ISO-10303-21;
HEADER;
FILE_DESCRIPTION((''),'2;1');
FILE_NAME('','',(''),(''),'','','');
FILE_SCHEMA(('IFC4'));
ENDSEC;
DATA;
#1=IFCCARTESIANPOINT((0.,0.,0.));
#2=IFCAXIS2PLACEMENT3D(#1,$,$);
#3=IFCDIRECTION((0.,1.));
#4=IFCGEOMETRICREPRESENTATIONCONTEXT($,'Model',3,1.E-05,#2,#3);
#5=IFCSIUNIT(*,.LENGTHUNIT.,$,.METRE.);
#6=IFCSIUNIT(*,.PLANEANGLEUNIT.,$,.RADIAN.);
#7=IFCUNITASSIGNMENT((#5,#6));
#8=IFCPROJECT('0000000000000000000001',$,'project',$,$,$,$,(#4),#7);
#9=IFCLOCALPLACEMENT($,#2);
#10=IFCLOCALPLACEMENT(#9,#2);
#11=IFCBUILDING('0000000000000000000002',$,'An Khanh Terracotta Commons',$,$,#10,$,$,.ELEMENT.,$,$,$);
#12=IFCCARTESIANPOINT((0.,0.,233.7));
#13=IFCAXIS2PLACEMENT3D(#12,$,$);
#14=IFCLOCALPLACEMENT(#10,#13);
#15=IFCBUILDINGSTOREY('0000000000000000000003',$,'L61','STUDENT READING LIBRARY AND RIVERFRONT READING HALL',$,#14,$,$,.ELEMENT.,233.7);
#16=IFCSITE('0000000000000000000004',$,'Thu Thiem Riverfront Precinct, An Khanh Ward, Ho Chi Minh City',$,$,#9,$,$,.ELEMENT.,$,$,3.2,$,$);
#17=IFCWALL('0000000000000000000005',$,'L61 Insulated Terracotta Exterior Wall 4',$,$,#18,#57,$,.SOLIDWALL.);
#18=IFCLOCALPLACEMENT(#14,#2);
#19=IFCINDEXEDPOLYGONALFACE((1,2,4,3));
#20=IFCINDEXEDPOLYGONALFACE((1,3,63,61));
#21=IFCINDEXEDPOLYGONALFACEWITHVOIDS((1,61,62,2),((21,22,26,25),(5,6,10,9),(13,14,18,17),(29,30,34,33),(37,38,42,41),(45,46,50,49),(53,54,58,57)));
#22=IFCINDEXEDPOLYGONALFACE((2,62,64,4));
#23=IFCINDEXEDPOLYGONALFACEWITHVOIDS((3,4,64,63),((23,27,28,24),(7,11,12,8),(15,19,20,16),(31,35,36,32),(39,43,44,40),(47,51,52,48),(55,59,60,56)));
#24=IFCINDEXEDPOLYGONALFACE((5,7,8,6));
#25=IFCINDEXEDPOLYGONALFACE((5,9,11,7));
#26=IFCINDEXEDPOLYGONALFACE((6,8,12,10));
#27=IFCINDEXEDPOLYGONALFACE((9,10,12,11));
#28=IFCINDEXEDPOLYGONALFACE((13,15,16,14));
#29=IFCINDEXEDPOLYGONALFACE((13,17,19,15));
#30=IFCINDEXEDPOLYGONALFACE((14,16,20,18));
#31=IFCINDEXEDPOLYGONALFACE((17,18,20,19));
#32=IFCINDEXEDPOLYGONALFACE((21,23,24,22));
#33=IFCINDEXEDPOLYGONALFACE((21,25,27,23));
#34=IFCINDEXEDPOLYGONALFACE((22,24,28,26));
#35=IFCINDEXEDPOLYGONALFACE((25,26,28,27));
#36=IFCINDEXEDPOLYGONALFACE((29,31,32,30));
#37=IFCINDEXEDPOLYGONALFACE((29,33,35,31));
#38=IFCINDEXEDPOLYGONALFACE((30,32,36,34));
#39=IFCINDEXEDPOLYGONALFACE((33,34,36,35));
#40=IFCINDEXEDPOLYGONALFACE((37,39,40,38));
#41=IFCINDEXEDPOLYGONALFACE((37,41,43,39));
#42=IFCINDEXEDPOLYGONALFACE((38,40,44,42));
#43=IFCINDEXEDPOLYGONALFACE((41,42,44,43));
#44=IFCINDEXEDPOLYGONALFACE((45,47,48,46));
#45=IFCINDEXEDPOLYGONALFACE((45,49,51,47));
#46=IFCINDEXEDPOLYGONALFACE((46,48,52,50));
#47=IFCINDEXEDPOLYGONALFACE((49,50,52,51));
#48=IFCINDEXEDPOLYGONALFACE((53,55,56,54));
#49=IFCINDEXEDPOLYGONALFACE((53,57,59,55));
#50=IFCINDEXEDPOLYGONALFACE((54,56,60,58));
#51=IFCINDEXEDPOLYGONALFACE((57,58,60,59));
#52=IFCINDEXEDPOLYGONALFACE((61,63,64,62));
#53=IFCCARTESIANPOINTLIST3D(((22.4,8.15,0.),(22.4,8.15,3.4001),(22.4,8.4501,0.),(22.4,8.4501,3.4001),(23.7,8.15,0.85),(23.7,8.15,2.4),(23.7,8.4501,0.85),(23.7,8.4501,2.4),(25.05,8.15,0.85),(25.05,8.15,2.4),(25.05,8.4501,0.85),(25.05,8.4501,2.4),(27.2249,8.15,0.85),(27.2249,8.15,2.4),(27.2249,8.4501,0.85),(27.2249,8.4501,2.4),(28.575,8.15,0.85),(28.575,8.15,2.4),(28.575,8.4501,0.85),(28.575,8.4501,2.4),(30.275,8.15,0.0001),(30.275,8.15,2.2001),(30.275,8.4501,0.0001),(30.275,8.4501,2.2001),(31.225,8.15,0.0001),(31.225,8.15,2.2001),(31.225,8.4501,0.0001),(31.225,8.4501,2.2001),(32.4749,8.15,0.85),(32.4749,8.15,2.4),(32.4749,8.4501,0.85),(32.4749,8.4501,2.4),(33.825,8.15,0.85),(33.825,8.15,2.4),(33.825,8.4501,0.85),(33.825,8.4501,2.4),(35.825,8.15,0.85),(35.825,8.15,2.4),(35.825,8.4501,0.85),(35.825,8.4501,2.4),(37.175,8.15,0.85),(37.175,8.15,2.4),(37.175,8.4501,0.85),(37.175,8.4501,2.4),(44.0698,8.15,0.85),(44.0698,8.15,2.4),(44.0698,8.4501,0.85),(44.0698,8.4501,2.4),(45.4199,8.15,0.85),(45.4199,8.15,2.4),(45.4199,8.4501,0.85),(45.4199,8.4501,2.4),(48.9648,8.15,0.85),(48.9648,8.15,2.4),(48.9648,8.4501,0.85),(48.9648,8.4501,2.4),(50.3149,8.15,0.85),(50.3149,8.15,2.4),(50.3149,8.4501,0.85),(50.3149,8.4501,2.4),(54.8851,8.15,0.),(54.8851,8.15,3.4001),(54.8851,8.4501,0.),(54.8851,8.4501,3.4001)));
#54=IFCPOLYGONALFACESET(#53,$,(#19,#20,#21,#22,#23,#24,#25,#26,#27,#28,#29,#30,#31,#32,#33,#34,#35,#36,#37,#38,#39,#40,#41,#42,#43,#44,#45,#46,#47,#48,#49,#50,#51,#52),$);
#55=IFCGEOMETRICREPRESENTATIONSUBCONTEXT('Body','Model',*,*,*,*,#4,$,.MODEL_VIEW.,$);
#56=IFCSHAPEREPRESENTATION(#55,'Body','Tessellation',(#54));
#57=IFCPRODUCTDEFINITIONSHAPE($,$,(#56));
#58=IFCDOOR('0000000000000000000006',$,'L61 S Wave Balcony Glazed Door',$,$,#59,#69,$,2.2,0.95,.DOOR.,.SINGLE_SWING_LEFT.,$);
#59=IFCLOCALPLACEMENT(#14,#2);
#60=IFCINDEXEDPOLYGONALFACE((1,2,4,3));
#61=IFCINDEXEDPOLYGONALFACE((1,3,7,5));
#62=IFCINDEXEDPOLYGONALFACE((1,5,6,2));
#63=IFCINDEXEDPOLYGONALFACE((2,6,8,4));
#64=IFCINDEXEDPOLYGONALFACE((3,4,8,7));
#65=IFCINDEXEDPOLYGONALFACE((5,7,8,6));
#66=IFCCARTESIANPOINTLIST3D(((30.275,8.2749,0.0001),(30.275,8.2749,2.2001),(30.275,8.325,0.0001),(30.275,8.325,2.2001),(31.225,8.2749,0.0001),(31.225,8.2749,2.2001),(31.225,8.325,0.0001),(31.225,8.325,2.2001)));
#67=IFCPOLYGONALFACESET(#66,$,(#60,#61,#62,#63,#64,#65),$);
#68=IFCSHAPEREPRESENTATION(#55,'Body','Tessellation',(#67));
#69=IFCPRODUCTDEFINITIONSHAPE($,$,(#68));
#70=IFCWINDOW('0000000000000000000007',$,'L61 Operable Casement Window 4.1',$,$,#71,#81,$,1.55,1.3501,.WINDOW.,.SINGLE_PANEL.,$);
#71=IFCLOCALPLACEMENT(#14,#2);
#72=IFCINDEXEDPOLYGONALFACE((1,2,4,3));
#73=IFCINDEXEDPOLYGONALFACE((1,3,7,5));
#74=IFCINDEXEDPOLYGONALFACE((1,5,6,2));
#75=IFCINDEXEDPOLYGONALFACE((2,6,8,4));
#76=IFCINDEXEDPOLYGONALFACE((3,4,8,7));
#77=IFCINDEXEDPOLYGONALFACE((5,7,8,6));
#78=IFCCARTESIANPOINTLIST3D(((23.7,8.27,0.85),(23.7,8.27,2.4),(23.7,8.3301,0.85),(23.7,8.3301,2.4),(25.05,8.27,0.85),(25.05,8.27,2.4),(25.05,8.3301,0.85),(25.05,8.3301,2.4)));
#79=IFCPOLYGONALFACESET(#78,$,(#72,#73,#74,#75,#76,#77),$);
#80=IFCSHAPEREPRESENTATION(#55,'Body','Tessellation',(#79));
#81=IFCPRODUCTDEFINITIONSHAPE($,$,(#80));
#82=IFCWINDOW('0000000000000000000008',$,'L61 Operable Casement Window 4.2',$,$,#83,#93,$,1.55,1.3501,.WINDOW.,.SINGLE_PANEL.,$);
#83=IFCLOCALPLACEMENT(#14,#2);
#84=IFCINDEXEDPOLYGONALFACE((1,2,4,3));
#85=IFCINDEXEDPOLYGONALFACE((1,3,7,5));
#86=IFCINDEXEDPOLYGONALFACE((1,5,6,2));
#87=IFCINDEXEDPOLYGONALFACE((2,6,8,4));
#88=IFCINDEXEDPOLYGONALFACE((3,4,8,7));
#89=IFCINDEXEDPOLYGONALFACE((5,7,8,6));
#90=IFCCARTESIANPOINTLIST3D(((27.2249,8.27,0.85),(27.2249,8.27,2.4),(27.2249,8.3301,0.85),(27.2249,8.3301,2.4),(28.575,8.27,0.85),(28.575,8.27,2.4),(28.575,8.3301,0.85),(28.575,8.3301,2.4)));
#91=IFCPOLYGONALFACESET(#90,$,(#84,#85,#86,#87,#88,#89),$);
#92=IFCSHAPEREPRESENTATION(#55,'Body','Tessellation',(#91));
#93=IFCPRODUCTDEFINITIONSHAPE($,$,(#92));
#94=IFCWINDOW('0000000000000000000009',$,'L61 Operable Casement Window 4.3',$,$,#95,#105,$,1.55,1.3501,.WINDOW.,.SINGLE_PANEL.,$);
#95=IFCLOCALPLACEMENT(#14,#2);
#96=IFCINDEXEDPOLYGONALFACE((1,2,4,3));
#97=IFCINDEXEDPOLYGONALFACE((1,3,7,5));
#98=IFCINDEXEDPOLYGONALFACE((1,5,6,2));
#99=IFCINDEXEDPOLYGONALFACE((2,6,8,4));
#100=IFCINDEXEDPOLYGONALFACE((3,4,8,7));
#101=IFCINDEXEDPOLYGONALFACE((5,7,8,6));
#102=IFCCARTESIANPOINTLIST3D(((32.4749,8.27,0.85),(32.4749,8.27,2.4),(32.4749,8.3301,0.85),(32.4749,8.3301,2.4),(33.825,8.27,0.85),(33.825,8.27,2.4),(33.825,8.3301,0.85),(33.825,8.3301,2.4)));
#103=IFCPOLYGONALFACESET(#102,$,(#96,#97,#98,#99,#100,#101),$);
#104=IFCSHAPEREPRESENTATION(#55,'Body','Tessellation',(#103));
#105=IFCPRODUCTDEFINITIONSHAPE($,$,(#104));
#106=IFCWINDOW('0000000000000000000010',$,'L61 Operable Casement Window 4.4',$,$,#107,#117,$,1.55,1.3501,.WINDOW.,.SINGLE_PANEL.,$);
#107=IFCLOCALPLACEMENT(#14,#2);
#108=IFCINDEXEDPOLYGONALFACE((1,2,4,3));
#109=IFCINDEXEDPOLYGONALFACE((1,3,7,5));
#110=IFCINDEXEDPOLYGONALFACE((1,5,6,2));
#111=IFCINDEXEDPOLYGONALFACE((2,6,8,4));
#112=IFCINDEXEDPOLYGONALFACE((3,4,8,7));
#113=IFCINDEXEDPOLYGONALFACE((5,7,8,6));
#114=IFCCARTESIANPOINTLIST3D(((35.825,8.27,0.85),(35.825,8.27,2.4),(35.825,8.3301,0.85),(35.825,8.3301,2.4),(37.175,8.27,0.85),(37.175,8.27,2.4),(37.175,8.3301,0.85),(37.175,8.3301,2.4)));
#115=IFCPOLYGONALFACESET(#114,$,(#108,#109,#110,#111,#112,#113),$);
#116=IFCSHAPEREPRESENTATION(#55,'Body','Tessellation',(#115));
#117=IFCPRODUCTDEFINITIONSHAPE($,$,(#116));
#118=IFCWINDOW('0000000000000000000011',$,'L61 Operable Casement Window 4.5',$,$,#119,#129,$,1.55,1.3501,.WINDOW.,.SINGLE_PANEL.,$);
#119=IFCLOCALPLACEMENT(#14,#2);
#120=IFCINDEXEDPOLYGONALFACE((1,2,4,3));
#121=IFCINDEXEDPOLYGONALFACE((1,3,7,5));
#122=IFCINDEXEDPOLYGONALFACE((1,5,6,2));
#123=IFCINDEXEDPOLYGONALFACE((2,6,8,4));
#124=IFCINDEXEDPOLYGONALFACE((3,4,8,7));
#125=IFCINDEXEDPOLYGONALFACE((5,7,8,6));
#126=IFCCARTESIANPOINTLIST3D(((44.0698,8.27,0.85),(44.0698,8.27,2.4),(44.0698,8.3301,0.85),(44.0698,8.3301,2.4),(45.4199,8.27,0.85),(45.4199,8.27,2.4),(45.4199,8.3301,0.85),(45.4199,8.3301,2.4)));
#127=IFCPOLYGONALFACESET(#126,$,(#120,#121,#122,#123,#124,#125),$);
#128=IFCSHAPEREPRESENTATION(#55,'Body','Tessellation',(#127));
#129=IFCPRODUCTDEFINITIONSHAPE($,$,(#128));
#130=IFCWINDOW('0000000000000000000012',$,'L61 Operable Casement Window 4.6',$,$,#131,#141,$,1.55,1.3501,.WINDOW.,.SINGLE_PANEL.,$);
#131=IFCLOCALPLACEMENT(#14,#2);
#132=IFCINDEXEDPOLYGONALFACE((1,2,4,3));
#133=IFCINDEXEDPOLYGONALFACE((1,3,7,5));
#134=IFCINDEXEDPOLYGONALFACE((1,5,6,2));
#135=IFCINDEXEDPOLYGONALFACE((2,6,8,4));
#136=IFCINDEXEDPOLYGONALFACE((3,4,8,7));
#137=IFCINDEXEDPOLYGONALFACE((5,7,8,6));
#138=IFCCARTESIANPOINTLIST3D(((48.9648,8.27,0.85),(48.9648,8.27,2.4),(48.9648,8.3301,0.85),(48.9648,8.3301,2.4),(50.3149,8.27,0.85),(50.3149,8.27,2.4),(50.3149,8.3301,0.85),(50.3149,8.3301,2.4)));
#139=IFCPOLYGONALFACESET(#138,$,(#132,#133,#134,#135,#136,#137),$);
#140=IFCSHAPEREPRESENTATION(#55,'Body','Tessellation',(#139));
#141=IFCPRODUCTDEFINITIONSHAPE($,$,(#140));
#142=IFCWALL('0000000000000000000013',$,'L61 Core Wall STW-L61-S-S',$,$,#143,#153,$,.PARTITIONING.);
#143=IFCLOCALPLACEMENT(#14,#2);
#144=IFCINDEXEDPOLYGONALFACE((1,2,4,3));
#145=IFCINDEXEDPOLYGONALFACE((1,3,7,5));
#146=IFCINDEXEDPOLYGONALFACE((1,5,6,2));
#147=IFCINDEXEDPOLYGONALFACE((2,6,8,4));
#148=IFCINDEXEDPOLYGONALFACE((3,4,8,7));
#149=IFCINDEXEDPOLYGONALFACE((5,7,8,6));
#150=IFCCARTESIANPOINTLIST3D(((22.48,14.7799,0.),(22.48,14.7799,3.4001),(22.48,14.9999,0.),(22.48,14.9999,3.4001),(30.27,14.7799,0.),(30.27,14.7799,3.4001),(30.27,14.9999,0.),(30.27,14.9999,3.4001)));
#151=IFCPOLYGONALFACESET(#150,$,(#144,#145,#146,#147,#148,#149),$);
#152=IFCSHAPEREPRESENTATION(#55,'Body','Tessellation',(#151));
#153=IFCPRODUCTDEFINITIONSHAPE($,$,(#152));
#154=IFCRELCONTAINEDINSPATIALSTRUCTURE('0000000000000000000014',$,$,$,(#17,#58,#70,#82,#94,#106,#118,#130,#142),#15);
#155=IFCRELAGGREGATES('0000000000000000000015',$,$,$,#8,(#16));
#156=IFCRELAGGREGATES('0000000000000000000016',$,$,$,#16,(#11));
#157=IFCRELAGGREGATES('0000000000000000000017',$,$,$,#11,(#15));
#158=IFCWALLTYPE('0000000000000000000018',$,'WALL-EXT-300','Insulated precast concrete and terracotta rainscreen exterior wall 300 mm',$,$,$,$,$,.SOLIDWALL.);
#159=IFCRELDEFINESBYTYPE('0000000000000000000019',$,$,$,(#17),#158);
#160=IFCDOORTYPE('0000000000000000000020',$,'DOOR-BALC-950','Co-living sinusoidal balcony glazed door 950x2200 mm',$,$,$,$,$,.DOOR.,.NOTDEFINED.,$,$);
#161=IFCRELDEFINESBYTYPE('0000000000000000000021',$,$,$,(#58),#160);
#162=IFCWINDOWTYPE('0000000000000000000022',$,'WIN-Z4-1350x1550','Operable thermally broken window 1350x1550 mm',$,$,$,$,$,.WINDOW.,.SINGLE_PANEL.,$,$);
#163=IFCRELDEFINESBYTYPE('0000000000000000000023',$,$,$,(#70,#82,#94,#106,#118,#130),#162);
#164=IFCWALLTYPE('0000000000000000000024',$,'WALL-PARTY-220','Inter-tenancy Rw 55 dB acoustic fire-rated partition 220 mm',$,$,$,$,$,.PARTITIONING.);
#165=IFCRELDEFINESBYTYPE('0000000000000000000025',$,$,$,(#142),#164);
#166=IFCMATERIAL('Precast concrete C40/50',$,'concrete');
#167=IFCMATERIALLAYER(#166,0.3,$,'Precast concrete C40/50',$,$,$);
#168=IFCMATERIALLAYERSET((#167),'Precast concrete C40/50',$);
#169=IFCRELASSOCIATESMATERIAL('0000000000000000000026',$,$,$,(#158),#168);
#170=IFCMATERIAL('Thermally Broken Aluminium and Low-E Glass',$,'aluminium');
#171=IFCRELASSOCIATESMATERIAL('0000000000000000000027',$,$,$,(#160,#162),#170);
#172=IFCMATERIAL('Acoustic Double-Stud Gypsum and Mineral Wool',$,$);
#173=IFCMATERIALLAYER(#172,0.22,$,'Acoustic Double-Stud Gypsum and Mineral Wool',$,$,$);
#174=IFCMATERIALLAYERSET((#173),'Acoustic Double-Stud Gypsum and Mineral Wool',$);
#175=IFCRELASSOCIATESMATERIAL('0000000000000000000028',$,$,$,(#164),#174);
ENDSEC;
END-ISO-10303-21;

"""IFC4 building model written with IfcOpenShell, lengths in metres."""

from ifc_helpers import new_model, si_unit, direction, frame, frame_2d, origin, place, context, subcontext, project, spatial, rectangle, extrude, material, layer, layer_set, type_object, element, fill, save


model = new_model("IFC4")

# Units and contexts
model_context = context("Model", 3, precision=1e-05, world=origin(), true_north=direction((0.0, 1.0)))
body_context = subcontext(model_context, "Body", "Model", "MODEL_VIEW")
ifc_project = project(units=[si_unit("LENGTHUNIT", "METRE"), si_unit("PLANEANGLEUNIT", "RADIAN")], contexts=[model_context])

# Site, building, storey
site_placement = place(None, origin())
site = spatial("IfcSite", under=ifc_project, at=site_placement, Name="Thu Thiem Riverfront Precinct, An Khanh Ward, Ho Chi Minh City", CompositionType="ELEMENT", RefElevation=3.2)
building_placement = place(site_placement, origin())
building = spatial("IfcBuilding", under=site, at=building_placement, Name="An Khanh Terracotta Commons", CompositionType="ELEMENT")
storey_placement = place(building_placement, frame((0.0, 0.0, 233.7)))
storey = spatial("IfcBuildingStorey", under=building, at=storey_placement, Name="L61", Description="STUDENT READING LIBRARY AND RIVERFRONT READING HALL", CompositionType="ELEMENT", Elevation=233.7)

# Shared definitions
ifc_material_1 = material(Name="Precast concrete C40/50", Category="concrete")
ifc_layer_1 = layer(ifc_material_1, 0.3, Name="Precast concrete C40/50")
ifc_layer_set_1 = layer_set([ifc_layer_1], Name="Precast concrete C40/50")
wall_type_1 = type_object("IfcWallType", Name="WALL-EXT-300", Description="Insulated precast concrete and terracotta rainscreen exterior wall 300 mm", PredefinedType="SOLIDWALL", material=ifc_layer_set_1)

# Wall, openings, door, windows
wall_1_placement = place(storey_placement, frame((22.3999, 8.3, 0.0), z_axis=(0.0, 0.0, 1.0), x_axis=(1.0, 0.0, 0.0)))
wall_1 = element("IfcWall", 1, at=wall_1_placement, inside=storey, type_object=wall_type_1, Name="L61 Insulated Terracotta Exterior Wall 4", PredefinedType="SOLIDWALL", context=body_context, shape_type="SweptSolid", body=[
    extrude(rectangle(XDim=32.4851, YDim=0.3, at=frame_2d((16.2427, 0.0))), origin(), (0.0, 0.0, 1.0), 3.4001),
])
opening_1_placement = place(wall_1_placement, frame((7.875, 0.0, 0.0)))
opening_1 = element("IfcOpeningElement", 2, at=opening_1_placement, cuts=wall_1, PredefinedType="OPENING", context=body_context, shape_type="SweptSolid", body=[
    extrude(rectangle(XDim=0.95, YDim=2.2, at=frame_2d((0.4751, 1.1001))), frame((0.0, 0.1599, 0.0), z_axis=(0.0, -1.0, 0.0), x_axis=(1.0, 0.0, 0.0)), (0.0, 0.0, 1.0), 0.3201),
])
opening_2_placement = place(wall_1_placement, frame((1.3, 0.0, 0.8501)))
opening_2 = element("IfcOpeningElement", 3, at=opening_2_placement, cuts=wall_1, PredefinedType="OPENING", context=body_context, shape_type="SweptSolid", body=[
    extrude(rectangle(XDim=1.3501, YDim=1.55, at=frame_2d((0.675, 0.7749))), frame((0.0, 0.1599, 0.0), z_axis=(0.0, -1.0, 0.0), x_axis=(1.0, 0.0, 0.0)), (0.0, 0.0, 1.0), 0.3201),
])
opening_3_placement = place(wall_1_placement, frame((4.825, 0.0, 0.8501)))
opening_3 = element("IfcOpeningElement", 4, at=opening_3_placement, cuts=wall_1, PredefinedType="OPENING", context=body_context, shape_type="SweptSolid", body=[
    extrude(rectangle(XDim=1.3501, YDim=1.55, at=frame_2d((0.675, 0.7749))), frame((0.0, 0.1599, 0.0), z_axis=(0.0, -1.0, 0.0), x_axis=(1.0, 0.0, 0.0)), (0.0, 0.0, 1.0), 0.3201),
])
opening_4_placement = place(wall_1_placement, frame((10.075, 0.0, 0.8501)))
opening_4 = element("IfcOpeningElement", 5, at=opening_4_placement, cuts=wall_1, PredefinedType="OPENING", context=body_context, shape_type="SweptSolid", body=[
    extrude(rectangle(XDim=1.3501, YDim=1.55, at=frame_2d((0.675, 0.7749))), frame((0.0, 0.1599, 0.0), z_axis=(0.0, -1.0, 0.0), x_axis=(1.0, 0.0, 0.0)), (0.0, 0.0, 1.0), 0.3201),
])
opening_5_placement = place(wall_1_placement, frame((13.425, 0.0, 0.8501)))
opening_5 = element("IfcOpeningElement", 6, at=opening_5_placement, cuts=wall_1, PredefinedType="OPENING", context=body_context, shape_type="SweptSolid", body=[
    extrude(rectangle(XDim=1.3501, YDim=1.55, at=frame_2d((0.675, 0.7749))), frame((0.0, 0.1599, 0.0), z_axis=(0.0, -1.0, 0.0), x_axis=(1.0, 0.0, 0.0)), (0.0, 0.0, 1.0), 0.3201),
])
opening_6_placement = place(wall_1_placement, frame((21.6699, 0.0, 0.8501)))
opening_6 = element("IfcOpeningElement", 7, at=opening_6_placement, cuts=wall_1, PredefinedType="OPENING", context=body_context, shape_type="SweptSolid", body=[
    extrude(rectangle(XDim=1.3501, YDim=1.55, at=frame_2d((0.675, 0.7749))), frame((0.0, 0.1599, 0.0), z_axis=(0.0, -1.0, 0.0), x_axis=(1.0, 0.0, 0.0)), (0.0, 0.0, 1.0), 0.3201),
])
opening_7_placement = place(wall_1_placement, frame((26.5649, 0.0, 0.8501)))
opening_7 = element("IfcOpeningElement", 8, at=opening_7_placement, cuts=wall_1, PredefinedType="OPENING", context=body_context, shape_type="SweptSolid", body=[
    extrude(rectangle(XDim=1.3501, YDim=1.55, at=frame_2d((0.675, 0.7749))), frame((0.0, 0.1599, 0.0), z_axis=(0.0, -1.0, 0.0), x_axis=(1.0, 0.0, 0.0)), (0.0, 0.0, 1.0), 0.3201),
])
ifc_material_2 = material(Name="Thermally Broken Aluminium and Low-E Glass", Category="aluminium")
door_type_1 = type_object("IfcDoorType", Name="DOOR-BALC-950", Description="Co-living sinusoidal balcony glazed door 950x2200 mm", OperationType="NOTDEFINED", PredefinedType="DOOR", material=ifc_material_2)
door_1_placement = place(opening_1_placement, origin())
door_1 = element("IfcDoor", 9, at=door_1_placement, inside=storey, type_object=door_type_1, Name="L61 S Wave Balcony Glazed Door", OperationType="SINGLE_SWING_LEFT", OverallHeight=2.2, OverallWidth=0.95, PredefinedType="DOOR", context=body_context, shape_type="SweptSolid", body=[
    extrude(rectangle(XDim=0.95, YDim=2.2, at=frame_2d((0.4751, 1.1001))), frame((0.0, 0.0249, 0.0), z_axis=(0.0, -1.0, 0.0), x_axis=(1.0, 0.0, 0.0)), (0.0, 0.0, 1.0), 0.05),
])
fill(opening_1, door_1)
window_type = type_object("IfcWindowType", Name="WIN-Z4-1350x1550", Description="Operable thermally broken window 1350x1550 mm", PartitioningType="SINGLE_PANEL", PredefinedType="WINDOW", material=ifc_material_2)
window_1_placement = place(opening_2_placement, origin())
window_1 = element("IfcWindow", 10, at=window_1_placement, inside=storey, type_object=window_type, Name="L61 Operable Casement Window 4.1", OverallHeight=1.55, OverallWidth=1.3501, PartitioningType="SINGLE_PANEL", PredefinedType="WINDOW", context=body_context, shape_type="SweptSolid", body=[
    extrude(rectangle(XDim=1.3501, YDim=1.55, at=frame_2d((0.675, 0.7749))), frame((0.0, 0.03, 0.0), z_axis=(0.0, -1.0, 0.0), x_axis=(1.0, 0.0, 0.0)), (0.0, 0.0, 1.0), 0.0601),
])
fill(opening_2, window_1)
window_2_placement = place(opening_3_placement, origin())
window_2 = element("IfcWindow", 11, at=window_2_placement, inside=storey, type_object=window_type, Name="L61 Operable Casement Window 4.2", OverallHeight=1.55, OverallWidth=1.3501, PartitioningType="SINGLE_PANEL", PredefinedType="WINDOW", context=body_context, shape_type="SweptSolid", body=[
    extrude(rectangle(XDim=1.3501, YDim=1.55, at=frame_2d((0.675, 0.7749))), frame((0.0, 0.03, 0.0), z_axis=(0.0, -1.0, 0.0), x_axis=(1.0, 0.0, 0.0)), (0.0, 0.0, 1.0), 0.0601),
])
fill(opening_3, window_2)
window_3_placement = place(opening_4_placement, origin())
window_3 = element("IfcWindow", 12, at=window_3_placement, inside=storey, type_object=window_type, Name="L61 Operable Casement Window 4.3", OverallHeight=1.55, OverallWidth=1.3501, PartitioningType="SINGLE_PANEL", PredefinedType="WINDOW", context=body_context, shape_type="SweptSolid", body=[
    extrude(rectangle(XDim=1.3501, YDim=1.55, at=frame_2d((0.675, 0.7749))), frame((0.0, 0.03, 0.0), z_axis=(0.0, -1.0, 0.0), x_axis=(1.0, 0.0, 0.0)), (0.0, 0.0, 1.0), 0.0601),
])
fill(opening_4, window_3)
window_4_placement = place(opening_5_placement, origin())
window_4 = element("IfcWindow", 13, at=window_4_placement, inside=storey, type_object=window_type, Name="L61 Operable Casement Window 4.4", OverallHeight=1.55, OverallWidth=1.3501, PartitioningType="SINGLE_PANEL", PredefinedType="WINDOW", context=body_context, shape_type="SweptSolid", body=[
    extrude(rectangle(XDim=1.3501, YDim=1.55, at=frame_2d((0.675, 0.7749))), frame((0.0, 0.03, 0.0), z_axis=(0.0, -1.0, 0.0), x_axis=(1.0, 0.0, 0.0)), (0.0, 0.0, 1.0), 0.0601),
])
fill(opening_5, window_4)
window_5_placement = place(opening_6_placement, origin())
window_5 = element("IfcWindow", 14, at=window_5_placement, inside=storey, type_object=window_type, Name="L61 Operable Casement Window 4.5", OverallHeight=1.55, OverallWidth=1.3501, PartitioningType="SINGLE_PANEL", PredefinedType="WINDOW", context=body_context, shape_type="SweptSolid", body=[
    extrude(rectangle(XDim=1.3501, YDim=1.55, at=frame_2d((0.675, 0.7749))), frame((0.0, 0.03, 0.0), z_axis=(0.0, -1.0, 0.0), x_axis=(1.0, 0.0, 0.0)), (0.0, 0.0, 1.0), 0.0601),
])
fill(opening_6, window_5)
window_6_placement = place(opening_7_placement, origin())
window_6 = element("IfcWindow", 15, at=window_6_placement, inside=storey, type_object=window_type, Name="L61 Operable Casement Window 4.6", OverallHeight=1.55, OverallWidth=1.3501, PartitioningType="SINGLE_PANEL", PredefinedType="WINDOW", context=body_context, shape_type="SweptSolid", body=[
    extrude(rectangle(XDim=1.3501, YDim=1.55, at=frame_2d((0.675, 0.7749))), frame((0.0, 0.03, 0.0), z_axis=(0.0, -1.0, 0.0), x_axis=(1.0, 0.0, 0.0)), (0.0, 0.0, 1.0), 0.0601),
])
fill(opening_7, window_6)

# Wall
ifc_material_3 = material(Name="Acoustic Double-Stud Gypsum and Mineral Wool")
ifc_layer_2 = layer(ifc_material_3, 0.22, Name="Acoustic Double-Stud Gypsum and Mineral Wool")
ifc_layer_set_2 = layer_set([ifc_layer_2], Name="Acoustic Double-Stud Gypsum and Mineral Wool")
wall_type_2 = type_object("IfcWallType", Name="WALL-PARTY-220", Description="Inter-tenancy Rw 55 dB acoustic fire-rated partition 220 mm", PredefinedType="PARTITIONING", material=ifc_layer_set_2)
wall_2_placement = place(storey_placement, frame((22.48, 14.8899, 0.0), z_axis=(0.0, 0.0, 1.0), x_axis=(1.0, 0.0, 0.0)))
element("IfcWall", 16, at=wall_2_placement, inside=storey, type_object=wall_type_2, Name="L61 Core Wall STW-L61-S-S", PredefinedType="PARTITIONING", context=body_context, shape_type="SweptSolid", body=[
    extrude(rectangle(XDim=7.79, YDim=0.22, at=frame_2d((3.895, 0.0))), origin(), (0.0, 0.0, 1.0), 3.4001),
])

save(model, "model.ifc")
